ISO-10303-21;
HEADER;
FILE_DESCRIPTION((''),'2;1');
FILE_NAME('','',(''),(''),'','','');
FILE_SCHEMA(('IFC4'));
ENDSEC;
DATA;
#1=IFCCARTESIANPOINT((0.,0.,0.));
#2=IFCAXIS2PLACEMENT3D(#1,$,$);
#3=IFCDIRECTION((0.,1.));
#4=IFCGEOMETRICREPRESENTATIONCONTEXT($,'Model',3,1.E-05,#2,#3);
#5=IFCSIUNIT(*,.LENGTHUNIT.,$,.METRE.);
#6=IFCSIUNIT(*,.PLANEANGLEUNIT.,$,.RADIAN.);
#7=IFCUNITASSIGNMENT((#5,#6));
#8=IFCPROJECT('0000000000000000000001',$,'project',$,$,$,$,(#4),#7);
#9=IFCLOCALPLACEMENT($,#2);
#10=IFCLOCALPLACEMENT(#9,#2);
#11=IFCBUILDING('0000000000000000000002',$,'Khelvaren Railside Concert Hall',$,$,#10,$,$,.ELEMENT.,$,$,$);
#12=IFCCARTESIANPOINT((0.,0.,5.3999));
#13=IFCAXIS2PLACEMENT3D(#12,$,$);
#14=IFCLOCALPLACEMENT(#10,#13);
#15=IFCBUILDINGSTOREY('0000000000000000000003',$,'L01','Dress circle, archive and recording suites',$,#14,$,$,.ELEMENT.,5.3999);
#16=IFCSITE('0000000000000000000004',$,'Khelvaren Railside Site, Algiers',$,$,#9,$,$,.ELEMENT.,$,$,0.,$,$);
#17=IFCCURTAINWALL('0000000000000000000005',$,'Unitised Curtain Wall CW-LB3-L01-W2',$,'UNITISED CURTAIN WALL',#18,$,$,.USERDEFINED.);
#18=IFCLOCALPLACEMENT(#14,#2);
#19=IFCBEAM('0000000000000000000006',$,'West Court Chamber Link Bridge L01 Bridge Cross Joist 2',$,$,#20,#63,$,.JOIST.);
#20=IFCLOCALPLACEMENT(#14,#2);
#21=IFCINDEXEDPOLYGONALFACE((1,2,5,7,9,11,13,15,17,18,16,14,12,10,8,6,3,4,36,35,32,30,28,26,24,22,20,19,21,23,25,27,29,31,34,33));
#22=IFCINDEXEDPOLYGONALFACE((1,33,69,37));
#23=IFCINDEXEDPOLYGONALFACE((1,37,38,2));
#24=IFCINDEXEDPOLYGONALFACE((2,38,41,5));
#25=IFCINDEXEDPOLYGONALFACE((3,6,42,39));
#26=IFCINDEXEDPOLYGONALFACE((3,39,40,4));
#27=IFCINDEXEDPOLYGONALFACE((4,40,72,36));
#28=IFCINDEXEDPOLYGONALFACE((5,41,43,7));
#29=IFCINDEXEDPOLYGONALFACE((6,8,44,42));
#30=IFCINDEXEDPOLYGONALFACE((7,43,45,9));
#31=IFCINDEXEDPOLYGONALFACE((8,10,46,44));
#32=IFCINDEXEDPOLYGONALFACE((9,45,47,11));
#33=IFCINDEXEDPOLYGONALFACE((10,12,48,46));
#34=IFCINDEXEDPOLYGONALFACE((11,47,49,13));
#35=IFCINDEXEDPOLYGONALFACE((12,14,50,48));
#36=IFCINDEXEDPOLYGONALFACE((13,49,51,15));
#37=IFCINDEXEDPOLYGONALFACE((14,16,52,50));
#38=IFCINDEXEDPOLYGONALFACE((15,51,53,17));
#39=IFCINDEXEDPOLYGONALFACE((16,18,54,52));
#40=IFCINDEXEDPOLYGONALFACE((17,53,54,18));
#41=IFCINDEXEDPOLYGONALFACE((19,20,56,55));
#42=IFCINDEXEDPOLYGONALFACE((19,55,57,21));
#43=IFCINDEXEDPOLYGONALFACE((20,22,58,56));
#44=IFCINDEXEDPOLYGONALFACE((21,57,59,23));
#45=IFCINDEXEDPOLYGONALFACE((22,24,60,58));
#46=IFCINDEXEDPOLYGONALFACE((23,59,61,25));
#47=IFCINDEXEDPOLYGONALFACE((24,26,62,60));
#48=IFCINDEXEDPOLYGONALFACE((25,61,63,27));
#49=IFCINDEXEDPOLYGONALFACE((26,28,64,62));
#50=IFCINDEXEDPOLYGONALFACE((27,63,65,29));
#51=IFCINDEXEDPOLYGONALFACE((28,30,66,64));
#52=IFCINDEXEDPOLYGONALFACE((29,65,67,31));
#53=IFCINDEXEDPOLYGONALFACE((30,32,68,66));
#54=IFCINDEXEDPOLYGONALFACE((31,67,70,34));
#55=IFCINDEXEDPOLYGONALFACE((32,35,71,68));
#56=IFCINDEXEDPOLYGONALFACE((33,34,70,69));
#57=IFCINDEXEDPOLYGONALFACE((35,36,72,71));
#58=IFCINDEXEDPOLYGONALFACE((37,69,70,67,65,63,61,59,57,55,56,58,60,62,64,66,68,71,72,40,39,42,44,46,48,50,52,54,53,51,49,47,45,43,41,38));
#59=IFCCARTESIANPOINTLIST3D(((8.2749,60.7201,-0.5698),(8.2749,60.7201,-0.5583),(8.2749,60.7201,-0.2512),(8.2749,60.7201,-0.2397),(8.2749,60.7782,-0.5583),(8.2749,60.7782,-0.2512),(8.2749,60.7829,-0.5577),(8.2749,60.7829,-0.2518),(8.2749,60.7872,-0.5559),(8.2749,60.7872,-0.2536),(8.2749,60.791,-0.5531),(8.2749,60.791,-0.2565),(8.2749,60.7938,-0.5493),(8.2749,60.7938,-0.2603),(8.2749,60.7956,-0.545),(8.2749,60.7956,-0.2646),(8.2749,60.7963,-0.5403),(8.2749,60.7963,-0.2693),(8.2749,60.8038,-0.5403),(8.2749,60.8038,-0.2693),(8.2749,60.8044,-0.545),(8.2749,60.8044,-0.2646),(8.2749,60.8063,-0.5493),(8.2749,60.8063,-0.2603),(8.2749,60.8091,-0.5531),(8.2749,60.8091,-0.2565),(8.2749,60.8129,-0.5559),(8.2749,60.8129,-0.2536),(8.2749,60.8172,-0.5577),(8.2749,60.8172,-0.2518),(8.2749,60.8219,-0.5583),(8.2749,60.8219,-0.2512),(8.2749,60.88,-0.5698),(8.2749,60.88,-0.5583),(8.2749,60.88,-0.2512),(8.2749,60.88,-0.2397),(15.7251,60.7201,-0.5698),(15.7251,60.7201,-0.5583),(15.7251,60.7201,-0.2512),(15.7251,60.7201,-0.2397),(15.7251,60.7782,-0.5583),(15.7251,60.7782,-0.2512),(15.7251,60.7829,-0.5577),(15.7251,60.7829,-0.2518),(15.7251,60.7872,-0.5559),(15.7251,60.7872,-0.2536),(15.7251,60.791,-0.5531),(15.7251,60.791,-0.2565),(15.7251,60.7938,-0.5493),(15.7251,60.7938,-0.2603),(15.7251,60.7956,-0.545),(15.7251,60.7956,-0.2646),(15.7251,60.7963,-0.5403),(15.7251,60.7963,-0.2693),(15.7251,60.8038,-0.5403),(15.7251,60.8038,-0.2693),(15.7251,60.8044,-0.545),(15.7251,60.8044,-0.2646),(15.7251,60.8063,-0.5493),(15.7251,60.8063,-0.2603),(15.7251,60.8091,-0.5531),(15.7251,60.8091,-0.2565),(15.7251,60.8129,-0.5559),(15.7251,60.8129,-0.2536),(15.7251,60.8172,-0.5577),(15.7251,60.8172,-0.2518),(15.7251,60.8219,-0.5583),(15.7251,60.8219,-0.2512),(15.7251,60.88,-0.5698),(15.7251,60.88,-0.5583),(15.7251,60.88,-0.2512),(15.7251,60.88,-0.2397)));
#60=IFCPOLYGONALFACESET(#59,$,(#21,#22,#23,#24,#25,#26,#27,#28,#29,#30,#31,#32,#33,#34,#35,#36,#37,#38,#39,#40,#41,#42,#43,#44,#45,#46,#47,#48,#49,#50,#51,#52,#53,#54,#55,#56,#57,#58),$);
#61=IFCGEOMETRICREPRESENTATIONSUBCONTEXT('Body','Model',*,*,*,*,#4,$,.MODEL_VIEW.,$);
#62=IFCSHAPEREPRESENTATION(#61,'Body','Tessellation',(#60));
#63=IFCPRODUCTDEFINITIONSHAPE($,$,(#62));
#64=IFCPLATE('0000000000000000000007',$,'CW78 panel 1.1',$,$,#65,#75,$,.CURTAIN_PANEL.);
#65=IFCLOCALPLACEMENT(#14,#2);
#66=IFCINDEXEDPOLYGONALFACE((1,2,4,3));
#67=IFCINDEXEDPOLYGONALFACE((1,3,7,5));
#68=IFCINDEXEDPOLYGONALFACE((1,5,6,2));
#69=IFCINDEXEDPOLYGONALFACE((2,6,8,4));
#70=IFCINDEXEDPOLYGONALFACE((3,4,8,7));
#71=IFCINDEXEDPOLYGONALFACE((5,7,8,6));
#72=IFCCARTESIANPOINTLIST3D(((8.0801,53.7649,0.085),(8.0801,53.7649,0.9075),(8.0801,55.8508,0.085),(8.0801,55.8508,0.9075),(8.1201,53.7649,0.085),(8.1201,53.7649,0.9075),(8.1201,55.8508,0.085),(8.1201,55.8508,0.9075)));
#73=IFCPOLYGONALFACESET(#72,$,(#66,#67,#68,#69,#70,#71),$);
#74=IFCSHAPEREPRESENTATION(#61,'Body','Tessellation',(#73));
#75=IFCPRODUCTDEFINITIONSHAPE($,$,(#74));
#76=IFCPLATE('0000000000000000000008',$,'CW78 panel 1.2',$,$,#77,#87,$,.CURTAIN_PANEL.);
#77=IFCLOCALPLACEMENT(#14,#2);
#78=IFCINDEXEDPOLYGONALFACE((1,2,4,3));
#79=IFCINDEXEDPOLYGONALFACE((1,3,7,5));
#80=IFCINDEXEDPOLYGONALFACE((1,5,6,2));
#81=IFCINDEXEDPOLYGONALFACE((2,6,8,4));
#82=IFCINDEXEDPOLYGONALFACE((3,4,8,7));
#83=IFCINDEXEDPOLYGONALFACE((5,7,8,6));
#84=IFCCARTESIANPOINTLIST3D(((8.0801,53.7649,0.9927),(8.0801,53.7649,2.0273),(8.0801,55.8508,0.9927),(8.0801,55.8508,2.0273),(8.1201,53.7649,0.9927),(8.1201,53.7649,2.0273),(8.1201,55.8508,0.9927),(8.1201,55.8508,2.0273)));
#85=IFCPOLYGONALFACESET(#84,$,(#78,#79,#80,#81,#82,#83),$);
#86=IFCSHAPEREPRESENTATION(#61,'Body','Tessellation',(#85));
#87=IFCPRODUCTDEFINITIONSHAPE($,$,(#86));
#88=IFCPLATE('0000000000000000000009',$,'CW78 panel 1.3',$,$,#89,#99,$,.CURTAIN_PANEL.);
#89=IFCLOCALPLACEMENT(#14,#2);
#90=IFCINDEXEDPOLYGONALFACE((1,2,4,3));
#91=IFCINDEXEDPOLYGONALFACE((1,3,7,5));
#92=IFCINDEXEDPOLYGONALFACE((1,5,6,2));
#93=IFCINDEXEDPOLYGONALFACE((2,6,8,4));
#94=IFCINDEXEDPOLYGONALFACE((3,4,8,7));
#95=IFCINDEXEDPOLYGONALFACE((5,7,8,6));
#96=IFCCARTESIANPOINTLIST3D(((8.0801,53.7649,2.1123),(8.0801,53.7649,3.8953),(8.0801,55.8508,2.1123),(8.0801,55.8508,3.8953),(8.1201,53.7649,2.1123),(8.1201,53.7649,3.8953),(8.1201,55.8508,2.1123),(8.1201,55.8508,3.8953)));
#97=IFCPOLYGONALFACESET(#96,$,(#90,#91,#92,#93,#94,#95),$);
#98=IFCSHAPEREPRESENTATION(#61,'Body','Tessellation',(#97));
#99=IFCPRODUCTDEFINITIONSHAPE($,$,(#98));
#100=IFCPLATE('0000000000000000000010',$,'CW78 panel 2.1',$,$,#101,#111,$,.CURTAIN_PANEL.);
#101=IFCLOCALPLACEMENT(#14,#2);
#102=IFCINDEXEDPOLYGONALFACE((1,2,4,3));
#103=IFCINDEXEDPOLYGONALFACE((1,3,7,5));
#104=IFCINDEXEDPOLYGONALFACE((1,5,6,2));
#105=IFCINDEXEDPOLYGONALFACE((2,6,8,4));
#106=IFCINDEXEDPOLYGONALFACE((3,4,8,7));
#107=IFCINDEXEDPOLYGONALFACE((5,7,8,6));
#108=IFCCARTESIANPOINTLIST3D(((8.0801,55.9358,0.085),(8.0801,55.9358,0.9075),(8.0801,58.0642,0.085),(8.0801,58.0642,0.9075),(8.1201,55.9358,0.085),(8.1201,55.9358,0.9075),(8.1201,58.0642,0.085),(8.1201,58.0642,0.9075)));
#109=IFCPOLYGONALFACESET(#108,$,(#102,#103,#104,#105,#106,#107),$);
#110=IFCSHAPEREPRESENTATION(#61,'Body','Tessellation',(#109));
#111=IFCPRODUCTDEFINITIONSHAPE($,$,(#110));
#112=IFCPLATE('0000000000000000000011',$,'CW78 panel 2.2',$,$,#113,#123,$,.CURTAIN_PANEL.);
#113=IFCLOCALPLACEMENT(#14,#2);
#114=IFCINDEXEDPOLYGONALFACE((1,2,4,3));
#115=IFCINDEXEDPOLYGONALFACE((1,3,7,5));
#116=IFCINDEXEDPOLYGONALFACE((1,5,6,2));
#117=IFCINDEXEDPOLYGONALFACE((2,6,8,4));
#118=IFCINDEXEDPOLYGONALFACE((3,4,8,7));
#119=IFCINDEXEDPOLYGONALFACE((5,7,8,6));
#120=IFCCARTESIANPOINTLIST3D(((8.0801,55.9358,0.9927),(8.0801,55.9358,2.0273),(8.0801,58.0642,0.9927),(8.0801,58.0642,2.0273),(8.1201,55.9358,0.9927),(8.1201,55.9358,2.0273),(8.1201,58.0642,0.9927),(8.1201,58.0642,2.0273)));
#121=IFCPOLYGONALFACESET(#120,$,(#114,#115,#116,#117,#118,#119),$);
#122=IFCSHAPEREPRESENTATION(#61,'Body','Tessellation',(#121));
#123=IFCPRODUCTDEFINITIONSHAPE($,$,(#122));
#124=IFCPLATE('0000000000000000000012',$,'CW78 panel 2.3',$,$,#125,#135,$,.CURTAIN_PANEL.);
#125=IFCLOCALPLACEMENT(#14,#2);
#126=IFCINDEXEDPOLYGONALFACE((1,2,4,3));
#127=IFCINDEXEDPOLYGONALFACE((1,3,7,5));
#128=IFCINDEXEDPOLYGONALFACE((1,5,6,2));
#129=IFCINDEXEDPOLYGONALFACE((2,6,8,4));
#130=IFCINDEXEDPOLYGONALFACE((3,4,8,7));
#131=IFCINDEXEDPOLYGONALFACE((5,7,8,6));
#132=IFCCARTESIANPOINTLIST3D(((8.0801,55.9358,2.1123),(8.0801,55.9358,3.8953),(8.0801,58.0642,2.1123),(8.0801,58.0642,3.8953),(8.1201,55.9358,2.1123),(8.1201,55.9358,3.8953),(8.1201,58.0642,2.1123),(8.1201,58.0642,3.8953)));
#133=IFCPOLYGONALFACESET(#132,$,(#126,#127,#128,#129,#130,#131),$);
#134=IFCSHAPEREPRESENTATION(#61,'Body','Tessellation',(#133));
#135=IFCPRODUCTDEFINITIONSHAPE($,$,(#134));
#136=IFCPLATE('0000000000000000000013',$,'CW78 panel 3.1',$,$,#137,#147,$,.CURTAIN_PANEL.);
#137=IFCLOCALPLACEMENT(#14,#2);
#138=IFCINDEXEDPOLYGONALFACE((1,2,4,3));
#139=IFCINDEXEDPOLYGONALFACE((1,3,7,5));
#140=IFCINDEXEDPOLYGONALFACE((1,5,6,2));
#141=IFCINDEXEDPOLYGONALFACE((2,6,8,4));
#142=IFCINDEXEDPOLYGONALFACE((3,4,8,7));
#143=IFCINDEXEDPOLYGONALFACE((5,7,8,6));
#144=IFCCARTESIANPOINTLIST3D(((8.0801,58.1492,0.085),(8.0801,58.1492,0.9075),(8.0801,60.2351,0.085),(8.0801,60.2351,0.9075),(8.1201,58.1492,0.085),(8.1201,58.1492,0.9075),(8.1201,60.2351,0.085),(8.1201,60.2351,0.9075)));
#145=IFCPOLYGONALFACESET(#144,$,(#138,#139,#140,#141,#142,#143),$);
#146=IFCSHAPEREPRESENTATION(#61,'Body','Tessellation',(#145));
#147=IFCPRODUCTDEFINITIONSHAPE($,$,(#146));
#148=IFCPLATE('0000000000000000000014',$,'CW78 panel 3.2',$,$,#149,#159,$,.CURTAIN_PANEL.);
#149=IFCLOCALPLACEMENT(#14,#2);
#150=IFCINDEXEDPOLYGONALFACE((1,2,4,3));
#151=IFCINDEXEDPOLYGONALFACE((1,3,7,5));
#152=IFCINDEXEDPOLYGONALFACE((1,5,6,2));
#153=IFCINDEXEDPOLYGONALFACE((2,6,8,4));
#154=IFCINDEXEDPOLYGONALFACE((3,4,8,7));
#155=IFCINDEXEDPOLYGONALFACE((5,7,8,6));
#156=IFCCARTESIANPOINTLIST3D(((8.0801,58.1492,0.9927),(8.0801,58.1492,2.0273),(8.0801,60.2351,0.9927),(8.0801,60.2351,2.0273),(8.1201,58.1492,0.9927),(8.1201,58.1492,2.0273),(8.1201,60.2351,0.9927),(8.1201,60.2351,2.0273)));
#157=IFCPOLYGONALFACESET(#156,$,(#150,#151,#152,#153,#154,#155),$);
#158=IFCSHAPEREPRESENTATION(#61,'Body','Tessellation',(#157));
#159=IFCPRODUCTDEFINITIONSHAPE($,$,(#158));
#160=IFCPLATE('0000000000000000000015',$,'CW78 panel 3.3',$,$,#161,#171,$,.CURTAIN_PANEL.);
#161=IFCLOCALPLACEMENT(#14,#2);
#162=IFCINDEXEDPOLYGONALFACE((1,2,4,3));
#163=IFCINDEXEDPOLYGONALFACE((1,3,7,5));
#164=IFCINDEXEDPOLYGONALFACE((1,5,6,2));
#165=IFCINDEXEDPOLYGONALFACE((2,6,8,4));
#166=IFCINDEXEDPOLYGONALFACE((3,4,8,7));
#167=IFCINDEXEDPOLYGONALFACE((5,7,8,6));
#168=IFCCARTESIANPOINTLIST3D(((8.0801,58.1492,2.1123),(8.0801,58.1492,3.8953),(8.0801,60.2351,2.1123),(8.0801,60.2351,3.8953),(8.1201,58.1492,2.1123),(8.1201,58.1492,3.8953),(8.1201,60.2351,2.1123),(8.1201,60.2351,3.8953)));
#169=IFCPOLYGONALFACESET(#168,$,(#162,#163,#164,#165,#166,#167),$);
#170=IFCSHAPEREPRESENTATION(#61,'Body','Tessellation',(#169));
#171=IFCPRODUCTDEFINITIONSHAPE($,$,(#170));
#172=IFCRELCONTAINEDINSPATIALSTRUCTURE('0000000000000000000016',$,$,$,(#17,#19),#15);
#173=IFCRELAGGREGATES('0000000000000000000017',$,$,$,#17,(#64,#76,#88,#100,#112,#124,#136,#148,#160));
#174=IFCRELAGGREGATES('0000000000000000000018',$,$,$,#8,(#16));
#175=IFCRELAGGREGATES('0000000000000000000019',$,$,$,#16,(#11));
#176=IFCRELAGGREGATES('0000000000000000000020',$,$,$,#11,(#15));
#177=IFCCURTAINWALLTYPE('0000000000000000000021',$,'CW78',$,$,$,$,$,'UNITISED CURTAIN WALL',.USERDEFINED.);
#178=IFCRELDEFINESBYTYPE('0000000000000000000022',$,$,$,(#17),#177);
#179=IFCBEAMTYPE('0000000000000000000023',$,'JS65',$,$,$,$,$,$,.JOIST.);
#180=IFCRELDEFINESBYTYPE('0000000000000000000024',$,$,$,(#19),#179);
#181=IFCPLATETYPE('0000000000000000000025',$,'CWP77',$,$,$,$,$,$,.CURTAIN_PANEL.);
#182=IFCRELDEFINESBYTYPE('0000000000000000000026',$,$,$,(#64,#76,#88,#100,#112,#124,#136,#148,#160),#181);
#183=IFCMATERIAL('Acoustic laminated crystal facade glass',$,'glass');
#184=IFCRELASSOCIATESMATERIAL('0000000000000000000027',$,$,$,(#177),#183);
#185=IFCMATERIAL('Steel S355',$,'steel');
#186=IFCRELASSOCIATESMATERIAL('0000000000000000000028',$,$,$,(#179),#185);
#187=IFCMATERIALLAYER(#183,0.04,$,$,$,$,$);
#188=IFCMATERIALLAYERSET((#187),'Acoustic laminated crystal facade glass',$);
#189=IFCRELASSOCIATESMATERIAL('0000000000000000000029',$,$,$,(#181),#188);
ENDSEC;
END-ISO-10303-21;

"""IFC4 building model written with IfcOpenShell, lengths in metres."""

from ifc_helpers import new_model, si_unit, direction, frame, origin, origin_2d, place, context, subcontext, project, spatial, rectangle, i_section, extrude, material, layer, layer_set, material_profile, profile_set, type_object, element, aggregate, save


model = new_model("IFC4")

# Units and contexts
model_context = context("Model", 3, precision=1e-05, world=origin(), true_north=direction((0.0, 1.0)))
body_context = subcontext(model_context, "Body", "Model", "MODEL_VIEW")
ifc_project = project(units=[si_unit("LENGTHUNIT", "METRE"), si_unit("PLANEANGLEUNIT", "RADIAN")], contexts=[model_context])

# Site, building, storey
site_placement = place(None, origin())
site = spatial("IfcSite", under=ifc_project, at=site_placement, Name="Khelvaren Railside Site, Algiers", CompositionType="ELEMENT", RefElevation=0.0)
building_placement = place(site_placement, origin())
building = spatial("IfcBuilding", under=site, at=building_placement, Name="Khelvaren Railside Concert Hall", CompositionType="ELEMENT")
storey_placement = place(building_placement, frame((0.0, 0.0, 5.3999)))
storey = spatial("IfcBuildingStorey", under=building, at=storey_placement, Name="L01", Description="Dress circle, archive and recording suites", CompositionType="ELEMENT", Elevation=5.3999)

# Shared definitions
ifc_material_1 = material(Name="Steel S355", Category="steel")

# Curtain wall
ifc_material_2 = material(Name="Acoustic laminated crystal facade glass", Category="glass")
curtain_wall_type = type_object("IfcCurtainWallType", Name="CW78", ElementType="UNITISED CURTAIN WALL", PredefinedType="USERDEFINED", material=ifc_material_2)
curtain_wall_1_placement = place(storey_placement, origin())
curtain_wall_1 = element("IfcCurtainWall", 1, at=curtain_wall_1_placement, inside=storey, type_object=curtain_wall_type, Name="Unitised Curtain Wall CW-LB3-L01-W2", ObjectType="UNITISED CURTAIN WALL", PredefinedType="USERDEFINED")

# Beam
ifc_material_profile_1 = material_profile(ifc_material_1, i_section(OverallWidth=0.1599, OverallDepth=0.3301, WebThickness=0.0076, FlangeThickness=0.0115, FilletRadius=0.0181, at=origin_2d()), Name="IPE 330")
ifc_profile_set_1 = profile_set([ifc_material_profile_1], Name="Steel S355")
beam_type_1 = type_object("IfcBeamType", Name="JS65", PredefinedType="JOIST", material=ifc_profile_set_1)
beam_1_placement = place(storey_placement, frame((8.2749, 60.8, -0.4048), z_axis=(1.0, 0.0, 0.0), x_axis=(0.0, 1.0, 0.0)))
element("IfcBeam", 2, at=beam_1_placement, inside=storey, type_object=beam_type_1, Name="West Court Chamber Link Bridge L01 Bridge Cross Joist 2", PredefinedType="JOIST", context=body_context, shape_type="SweptSolid", body=[
    extrude(i_section(OverallWidth=0.1599, OverallDepth=0.3301, WebThickness=0.0076, FlangeThickness=0.0115, FilletRadius=0.0181, at=origin_2d()), origin(), (0.0, 0.0, 1.0), 7.4502),
])

# Plates
ifc_layer = layer(ifc_material_2, 0.04)
ifc_layer_set = layer_set([ifc_layer], Name="Acoustic laminated crystal facade glass")
plate_type = type_object("IfcPlateType", Name="CWP77", PredefinedType="CURTAIN_PANEL", material=ifc_layer_set)
plate_1_placement = place(storey_placement, frame((8.1001, 54.8079, 0.085), z_axis=(0.0, 0.0, 1.0), x_axis=(0.0, 1.0, 0.0)))
plate_1 = element("IfcPlate", 3, at=plate_1_placement, type_object=plate_type, Name="CW78 panel 1.1", PredefinedType="CURTAIN_PANEL", context=body_context, shape_type="SweptSolid", body=[
    extrude(rectangle(XDim=2.0859, YDim=0.04, at=origin_2d()), origin(), (0.0, 0.0, 1.0), 0.8225),
])
plate_2_placement = place(storey_placement, frame((8.1001, 54.8079, 0.9927), z_axis=(0.0, 0.0, 1.0), x_axis=(0.0, 1.0, 0.0)))
plate_2 = element("IfcPlate", 4, at=plate_2_placement, type_object=plate_type, Name="CW78 panel 1.2", PredefinedType="CURTAIN_PANEL", context=body_context, shape_type="SweptSolid", body=[
    extrude(rectangle(XDim=2.0859, YDim=0.04, at=origin_2d()), origin(), (0.0, 0.0, 1.0), 1.0347),
])
plate_3_placement = place(storey_placement, frame((8.1001, 54.8079, 2.1123), z_axis=(0.0, 0.0, 1.0), x_axis=(0.0, 1.0, 0.0)))
plate_3 = element("IfcPlate", 5, at=plate_3_placement, type_object=plate_type, Name="CW78 panel 1.3", PredefinedType="CURTAIN_PANEL", context=body_context, shape_type="SweptSolid", body=[
    extrude(rectangle(XDim=2.0859, YDim=0.04, at=origin_2d()), origin(), (0.0, 0.0, 1.0), 1.783),
])
plate_4_placement = place(storey_placement, frame((8.1001, 57.0, 0.085), z_axis=(0.0, 0.0, 1.0), x_axis=(0.0, 1.0, 0.0)))
plate_4 = element("IfcPlate", 6, at=plate_4_placement, type_object=plate_type, Name="CW78 panel 2.1", PredefinedType="CURTAIN_PANEL", context=body_context, shape_type="SweptSolid", body=[
    extrude(rectangle(XDim=2.1284, YDim=0.04, at=origin_2d()), origin(), (0.0, 0.0, 1.0), 0.8225),
])
plate_5_placement = place(storey_placement, frame((8.1001, 57.0, 0.9927), z_axis=(0.0, 0.0, 1.0), x_axis=(0.0, 1.0, 0.0)))
plate_5 = element("IfcPlate", 7, at=plate_5_placement, type_object=plate_type, Name="CW78 panel 2.2", PredefinedType="CURTAIN_PANEL", context=body_context, shape_type="SweptSolid", body=[
    extrude(rectangle(XDim=2.1284, YDim=0.04, at=origin_2d()), origin(), (0.0, 0.0, 1.0), 1.0347),
])
plate_6_placement = place(storey_placement, frame((8.1001, 57.0, 2.1123), z_axis=(0.0, 0.0, 1.0), x_axis=(0.0, 1.0, 0.0)))
plate_6 = element("IfcPlate", 8, at=plate_6_placement, type_object=plate_type, Name="CW78 panel 2.3", PredefinedType="CURTAIN_PANEL", context=body_context, shape_type="SweptSolid", body=[
    extrude(rectangle(XDim=2.1284, YDim=0.04, at=origin_2d()), origin(), (0.0, 0.0, 1.0), 1.783),
])
plate_7_placement = place(storey_placement, frame((8.1001, 59.1921, 0.085), z_axis=(0.0, 0.0, 1.0), x_axis=(0.0, 1.0, 0.0)))
plate_7 = element("IfcPlate", 9, at=plate_7_placement, type_object=plate_type, Name="CW78 panel 3.1", PredefinedType="CURTAIN_PANEL", context=body_context, shape_type="SweptSolid", body=[
    extrude(rectangle(XDim=2.0859, YDim=0.04, at=origin_2d()), origin(), (0.0, 0.0, 1.0), 0.8225),
])
plate_8_placement = place(storey_placement, frame((8.1001, 59.1921, 0.9927), z_axis=(0.0, 0.0, 1.0), x_axis=(0.0, 1.0, 0.0)))
plate_8 = element("IfcPlate", 10, at=plate_8_placement, type_object=plate_type, Name="CW78 panel 3.2", PredefinedType="CURTAIN_PANEL", context=body_context, shape_type="SweptSolid", body=[
    extrude(rectangle(XDim=2.0859, YDim=0.04, at=origin_2d()), origin(), (0.0, 0.0, 1.0), 1.0347),
])
plate_9_placement = place(storey_placement, frame((8.1001, 59.1921, 2.1123), z_axis=(0.0, 0.0, 1.0), x_axis=(0.0, 1.0, 0.0)))
plate_9 = element("IfcPlate", 11, at=plate_9_placement, type_object=plate_type, Name="CW78 panel 3.3", PredefinedType="CURTAIN_PANEL", context=body_context, shape_type="SweptSolid", body=[
    extrude(rectangle(XDim=2.0859, YDim=0.04, at=origin_2d()), origin(), (0.0, 0.0, 1.0), 1.783),
])
aggregate(curtain_wall_1, [plate_1, plate_2, plate_3, plate_4, plate_5, plate_6, plate_7, plate_8, plate_9])

save(model, "model.ifc")
